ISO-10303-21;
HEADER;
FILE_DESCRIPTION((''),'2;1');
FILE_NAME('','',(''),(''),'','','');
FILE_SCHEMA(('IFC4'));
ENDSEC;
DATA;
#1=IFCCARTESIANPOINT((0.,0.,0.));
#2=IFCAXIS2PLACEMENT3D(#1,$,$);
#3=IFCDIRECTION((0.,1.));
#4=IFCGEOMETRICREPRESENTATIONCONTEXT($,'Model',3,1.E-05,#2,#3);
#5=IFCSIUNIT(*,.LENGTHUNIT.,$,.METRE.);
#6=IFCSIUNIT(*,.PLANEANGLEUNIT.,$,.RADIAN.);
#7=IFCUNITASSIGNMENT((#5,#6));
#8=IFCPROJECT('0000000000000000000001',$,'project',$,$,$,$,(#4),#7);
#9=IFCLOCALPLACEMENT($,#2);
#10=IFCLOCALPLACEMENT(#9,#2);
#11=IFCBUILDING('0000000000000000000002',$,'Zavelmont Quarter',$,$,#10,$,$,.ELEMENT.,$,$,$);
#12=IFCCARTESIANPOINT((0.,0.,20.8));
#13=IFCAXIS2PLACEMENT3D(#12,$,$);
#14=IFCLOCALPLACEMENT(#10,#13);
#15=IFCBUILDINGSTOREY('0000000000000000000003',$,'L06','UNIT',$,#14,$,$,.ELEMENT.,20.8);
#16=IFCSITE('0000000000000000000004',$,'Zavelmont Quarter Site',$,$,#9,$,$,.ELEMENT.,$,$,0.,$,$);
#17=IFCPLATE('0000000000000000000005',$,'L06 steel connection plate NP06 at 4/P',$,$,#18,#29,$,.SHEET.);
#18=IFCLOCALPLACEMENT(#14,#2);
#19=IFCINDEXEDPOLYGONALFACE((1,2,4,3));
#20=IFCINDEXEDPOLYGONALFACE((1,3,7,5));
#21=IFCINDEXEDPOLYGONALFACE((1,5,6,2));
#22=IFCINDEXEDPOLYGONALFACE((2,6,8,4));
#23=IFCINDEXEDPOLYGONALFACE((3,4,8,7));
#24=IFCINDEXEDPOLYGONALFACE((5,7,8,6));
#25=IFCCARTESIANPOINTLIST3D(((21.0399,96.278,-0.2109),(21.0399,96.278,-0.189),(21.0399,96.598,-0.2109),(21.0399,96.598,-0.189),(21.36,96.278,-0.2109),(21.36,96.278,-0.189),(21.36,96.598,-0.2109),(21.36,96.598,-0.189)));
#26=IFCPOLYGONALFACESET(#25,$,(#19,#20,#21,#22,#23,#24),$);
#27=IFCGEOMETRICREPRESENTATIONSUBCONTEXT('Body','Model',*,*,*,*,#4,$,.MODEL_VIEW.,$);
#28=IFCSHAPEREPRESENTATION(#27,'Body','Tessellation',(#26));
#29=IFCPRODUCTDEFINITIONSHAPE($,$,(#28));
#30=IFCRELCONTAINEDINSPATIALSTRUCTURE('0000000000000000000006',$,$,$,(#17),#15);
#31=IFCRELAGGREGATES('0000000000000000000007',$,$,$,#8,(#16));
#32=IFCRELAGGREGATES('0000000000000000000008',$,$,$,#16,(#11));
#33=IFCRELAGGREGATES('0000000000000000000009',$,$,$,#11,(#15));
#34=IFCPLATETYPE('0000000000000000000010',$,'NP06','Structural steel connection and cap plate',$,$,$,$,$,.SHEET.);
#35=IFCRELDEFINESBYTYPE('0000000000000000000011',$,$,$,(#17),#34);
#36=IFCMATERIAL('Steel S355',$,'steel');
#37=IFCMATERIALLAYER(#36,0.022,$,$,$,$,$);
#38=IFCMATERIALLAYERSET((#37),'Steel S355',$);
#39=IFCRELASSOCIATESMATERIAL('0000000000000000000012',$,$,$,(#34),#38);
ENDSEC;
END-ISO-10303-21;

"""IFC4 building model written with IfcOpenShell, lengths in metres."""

from ifc_helpers import new_model, si_unit, direction, frame, origin, origin_2d, place, context, subcontext, project, spatial, rectangle, extrude, material, layer, layer_set, type_object, element, save


model = new_model("IFC4")

# Units and contexts
model_context = context("Model", 3, precision=1e-05, world=origin(), true_north=direction((0.0, 1.0)))
body_context = subcontext(model_context, "Body", "Model", "MODEL_VIEW")
ifc_project = project(units=[si_unit("LENGTHUNIT", "METRE"), si_unit("PLANEANGLEUNIT", "RADIAN")], contexts=[model_context])

# Site, building, storey
site_placement = place(None, origin())
site = spatial("IfcSite", under=ifc_project, at=site_placement, Name="Zavelmont Quarter Site", CompositionType="ELEMENT", RefElevation=0.0)
building_placement = place(site_placement, origin())
building = spatial("IfcBuilding", under=site, at=building_placement, Name="Zavelmont Quarter", CompositionType="ELEMENT")
storey_placement = place(building_placement, frame((0.0, 0.0, 20.8)))
storey = spatial("IfcBuildingStorey", under=building, at=storey_placement, Name="L06", Description="UNIT", CompositionType="ELEMENT", Elevation=20.8)

# Plate
ifc_material_1 = material(Name="Steel S355", Category="steel")
ifc_layer_1 = layer(ifc_material_1, 0.022)
ifc_layer_set_1 = layer_set([ifc_layer_1], Name="Steel S355")
plate_type_1 = type_object("IfcPlateType", Name="NP06", Description="Structural steel connection and cap plate", PredefinedType="SHEET", material=ifc_layer_set_1)
for number, where, z_axis, x_axis, name in (
    (1, (21.2, 96.438, -0.2109), (0.0, 0.0, 1.0), (1.0, 0.0, 0.0), "L06 steel connection plate NP06 at 4/P"),
):
    element("IfcPlate", number, at=place(storey_placement, frame(where, z_axis=z_axis, x_axis=x_axis)), inside=storey, type_object=plate_type_1, Name=name, PredefinedType="SHEET", context=body_context, shape_type="SweptSolid", body=[
        extrude(rectangle(XDim=0.3201, YDim=0.3201, at=origin_2d()), origin(), (0.0, 0.0, 1.0), 0.022),
    ])

save(model, "model.ifc")
